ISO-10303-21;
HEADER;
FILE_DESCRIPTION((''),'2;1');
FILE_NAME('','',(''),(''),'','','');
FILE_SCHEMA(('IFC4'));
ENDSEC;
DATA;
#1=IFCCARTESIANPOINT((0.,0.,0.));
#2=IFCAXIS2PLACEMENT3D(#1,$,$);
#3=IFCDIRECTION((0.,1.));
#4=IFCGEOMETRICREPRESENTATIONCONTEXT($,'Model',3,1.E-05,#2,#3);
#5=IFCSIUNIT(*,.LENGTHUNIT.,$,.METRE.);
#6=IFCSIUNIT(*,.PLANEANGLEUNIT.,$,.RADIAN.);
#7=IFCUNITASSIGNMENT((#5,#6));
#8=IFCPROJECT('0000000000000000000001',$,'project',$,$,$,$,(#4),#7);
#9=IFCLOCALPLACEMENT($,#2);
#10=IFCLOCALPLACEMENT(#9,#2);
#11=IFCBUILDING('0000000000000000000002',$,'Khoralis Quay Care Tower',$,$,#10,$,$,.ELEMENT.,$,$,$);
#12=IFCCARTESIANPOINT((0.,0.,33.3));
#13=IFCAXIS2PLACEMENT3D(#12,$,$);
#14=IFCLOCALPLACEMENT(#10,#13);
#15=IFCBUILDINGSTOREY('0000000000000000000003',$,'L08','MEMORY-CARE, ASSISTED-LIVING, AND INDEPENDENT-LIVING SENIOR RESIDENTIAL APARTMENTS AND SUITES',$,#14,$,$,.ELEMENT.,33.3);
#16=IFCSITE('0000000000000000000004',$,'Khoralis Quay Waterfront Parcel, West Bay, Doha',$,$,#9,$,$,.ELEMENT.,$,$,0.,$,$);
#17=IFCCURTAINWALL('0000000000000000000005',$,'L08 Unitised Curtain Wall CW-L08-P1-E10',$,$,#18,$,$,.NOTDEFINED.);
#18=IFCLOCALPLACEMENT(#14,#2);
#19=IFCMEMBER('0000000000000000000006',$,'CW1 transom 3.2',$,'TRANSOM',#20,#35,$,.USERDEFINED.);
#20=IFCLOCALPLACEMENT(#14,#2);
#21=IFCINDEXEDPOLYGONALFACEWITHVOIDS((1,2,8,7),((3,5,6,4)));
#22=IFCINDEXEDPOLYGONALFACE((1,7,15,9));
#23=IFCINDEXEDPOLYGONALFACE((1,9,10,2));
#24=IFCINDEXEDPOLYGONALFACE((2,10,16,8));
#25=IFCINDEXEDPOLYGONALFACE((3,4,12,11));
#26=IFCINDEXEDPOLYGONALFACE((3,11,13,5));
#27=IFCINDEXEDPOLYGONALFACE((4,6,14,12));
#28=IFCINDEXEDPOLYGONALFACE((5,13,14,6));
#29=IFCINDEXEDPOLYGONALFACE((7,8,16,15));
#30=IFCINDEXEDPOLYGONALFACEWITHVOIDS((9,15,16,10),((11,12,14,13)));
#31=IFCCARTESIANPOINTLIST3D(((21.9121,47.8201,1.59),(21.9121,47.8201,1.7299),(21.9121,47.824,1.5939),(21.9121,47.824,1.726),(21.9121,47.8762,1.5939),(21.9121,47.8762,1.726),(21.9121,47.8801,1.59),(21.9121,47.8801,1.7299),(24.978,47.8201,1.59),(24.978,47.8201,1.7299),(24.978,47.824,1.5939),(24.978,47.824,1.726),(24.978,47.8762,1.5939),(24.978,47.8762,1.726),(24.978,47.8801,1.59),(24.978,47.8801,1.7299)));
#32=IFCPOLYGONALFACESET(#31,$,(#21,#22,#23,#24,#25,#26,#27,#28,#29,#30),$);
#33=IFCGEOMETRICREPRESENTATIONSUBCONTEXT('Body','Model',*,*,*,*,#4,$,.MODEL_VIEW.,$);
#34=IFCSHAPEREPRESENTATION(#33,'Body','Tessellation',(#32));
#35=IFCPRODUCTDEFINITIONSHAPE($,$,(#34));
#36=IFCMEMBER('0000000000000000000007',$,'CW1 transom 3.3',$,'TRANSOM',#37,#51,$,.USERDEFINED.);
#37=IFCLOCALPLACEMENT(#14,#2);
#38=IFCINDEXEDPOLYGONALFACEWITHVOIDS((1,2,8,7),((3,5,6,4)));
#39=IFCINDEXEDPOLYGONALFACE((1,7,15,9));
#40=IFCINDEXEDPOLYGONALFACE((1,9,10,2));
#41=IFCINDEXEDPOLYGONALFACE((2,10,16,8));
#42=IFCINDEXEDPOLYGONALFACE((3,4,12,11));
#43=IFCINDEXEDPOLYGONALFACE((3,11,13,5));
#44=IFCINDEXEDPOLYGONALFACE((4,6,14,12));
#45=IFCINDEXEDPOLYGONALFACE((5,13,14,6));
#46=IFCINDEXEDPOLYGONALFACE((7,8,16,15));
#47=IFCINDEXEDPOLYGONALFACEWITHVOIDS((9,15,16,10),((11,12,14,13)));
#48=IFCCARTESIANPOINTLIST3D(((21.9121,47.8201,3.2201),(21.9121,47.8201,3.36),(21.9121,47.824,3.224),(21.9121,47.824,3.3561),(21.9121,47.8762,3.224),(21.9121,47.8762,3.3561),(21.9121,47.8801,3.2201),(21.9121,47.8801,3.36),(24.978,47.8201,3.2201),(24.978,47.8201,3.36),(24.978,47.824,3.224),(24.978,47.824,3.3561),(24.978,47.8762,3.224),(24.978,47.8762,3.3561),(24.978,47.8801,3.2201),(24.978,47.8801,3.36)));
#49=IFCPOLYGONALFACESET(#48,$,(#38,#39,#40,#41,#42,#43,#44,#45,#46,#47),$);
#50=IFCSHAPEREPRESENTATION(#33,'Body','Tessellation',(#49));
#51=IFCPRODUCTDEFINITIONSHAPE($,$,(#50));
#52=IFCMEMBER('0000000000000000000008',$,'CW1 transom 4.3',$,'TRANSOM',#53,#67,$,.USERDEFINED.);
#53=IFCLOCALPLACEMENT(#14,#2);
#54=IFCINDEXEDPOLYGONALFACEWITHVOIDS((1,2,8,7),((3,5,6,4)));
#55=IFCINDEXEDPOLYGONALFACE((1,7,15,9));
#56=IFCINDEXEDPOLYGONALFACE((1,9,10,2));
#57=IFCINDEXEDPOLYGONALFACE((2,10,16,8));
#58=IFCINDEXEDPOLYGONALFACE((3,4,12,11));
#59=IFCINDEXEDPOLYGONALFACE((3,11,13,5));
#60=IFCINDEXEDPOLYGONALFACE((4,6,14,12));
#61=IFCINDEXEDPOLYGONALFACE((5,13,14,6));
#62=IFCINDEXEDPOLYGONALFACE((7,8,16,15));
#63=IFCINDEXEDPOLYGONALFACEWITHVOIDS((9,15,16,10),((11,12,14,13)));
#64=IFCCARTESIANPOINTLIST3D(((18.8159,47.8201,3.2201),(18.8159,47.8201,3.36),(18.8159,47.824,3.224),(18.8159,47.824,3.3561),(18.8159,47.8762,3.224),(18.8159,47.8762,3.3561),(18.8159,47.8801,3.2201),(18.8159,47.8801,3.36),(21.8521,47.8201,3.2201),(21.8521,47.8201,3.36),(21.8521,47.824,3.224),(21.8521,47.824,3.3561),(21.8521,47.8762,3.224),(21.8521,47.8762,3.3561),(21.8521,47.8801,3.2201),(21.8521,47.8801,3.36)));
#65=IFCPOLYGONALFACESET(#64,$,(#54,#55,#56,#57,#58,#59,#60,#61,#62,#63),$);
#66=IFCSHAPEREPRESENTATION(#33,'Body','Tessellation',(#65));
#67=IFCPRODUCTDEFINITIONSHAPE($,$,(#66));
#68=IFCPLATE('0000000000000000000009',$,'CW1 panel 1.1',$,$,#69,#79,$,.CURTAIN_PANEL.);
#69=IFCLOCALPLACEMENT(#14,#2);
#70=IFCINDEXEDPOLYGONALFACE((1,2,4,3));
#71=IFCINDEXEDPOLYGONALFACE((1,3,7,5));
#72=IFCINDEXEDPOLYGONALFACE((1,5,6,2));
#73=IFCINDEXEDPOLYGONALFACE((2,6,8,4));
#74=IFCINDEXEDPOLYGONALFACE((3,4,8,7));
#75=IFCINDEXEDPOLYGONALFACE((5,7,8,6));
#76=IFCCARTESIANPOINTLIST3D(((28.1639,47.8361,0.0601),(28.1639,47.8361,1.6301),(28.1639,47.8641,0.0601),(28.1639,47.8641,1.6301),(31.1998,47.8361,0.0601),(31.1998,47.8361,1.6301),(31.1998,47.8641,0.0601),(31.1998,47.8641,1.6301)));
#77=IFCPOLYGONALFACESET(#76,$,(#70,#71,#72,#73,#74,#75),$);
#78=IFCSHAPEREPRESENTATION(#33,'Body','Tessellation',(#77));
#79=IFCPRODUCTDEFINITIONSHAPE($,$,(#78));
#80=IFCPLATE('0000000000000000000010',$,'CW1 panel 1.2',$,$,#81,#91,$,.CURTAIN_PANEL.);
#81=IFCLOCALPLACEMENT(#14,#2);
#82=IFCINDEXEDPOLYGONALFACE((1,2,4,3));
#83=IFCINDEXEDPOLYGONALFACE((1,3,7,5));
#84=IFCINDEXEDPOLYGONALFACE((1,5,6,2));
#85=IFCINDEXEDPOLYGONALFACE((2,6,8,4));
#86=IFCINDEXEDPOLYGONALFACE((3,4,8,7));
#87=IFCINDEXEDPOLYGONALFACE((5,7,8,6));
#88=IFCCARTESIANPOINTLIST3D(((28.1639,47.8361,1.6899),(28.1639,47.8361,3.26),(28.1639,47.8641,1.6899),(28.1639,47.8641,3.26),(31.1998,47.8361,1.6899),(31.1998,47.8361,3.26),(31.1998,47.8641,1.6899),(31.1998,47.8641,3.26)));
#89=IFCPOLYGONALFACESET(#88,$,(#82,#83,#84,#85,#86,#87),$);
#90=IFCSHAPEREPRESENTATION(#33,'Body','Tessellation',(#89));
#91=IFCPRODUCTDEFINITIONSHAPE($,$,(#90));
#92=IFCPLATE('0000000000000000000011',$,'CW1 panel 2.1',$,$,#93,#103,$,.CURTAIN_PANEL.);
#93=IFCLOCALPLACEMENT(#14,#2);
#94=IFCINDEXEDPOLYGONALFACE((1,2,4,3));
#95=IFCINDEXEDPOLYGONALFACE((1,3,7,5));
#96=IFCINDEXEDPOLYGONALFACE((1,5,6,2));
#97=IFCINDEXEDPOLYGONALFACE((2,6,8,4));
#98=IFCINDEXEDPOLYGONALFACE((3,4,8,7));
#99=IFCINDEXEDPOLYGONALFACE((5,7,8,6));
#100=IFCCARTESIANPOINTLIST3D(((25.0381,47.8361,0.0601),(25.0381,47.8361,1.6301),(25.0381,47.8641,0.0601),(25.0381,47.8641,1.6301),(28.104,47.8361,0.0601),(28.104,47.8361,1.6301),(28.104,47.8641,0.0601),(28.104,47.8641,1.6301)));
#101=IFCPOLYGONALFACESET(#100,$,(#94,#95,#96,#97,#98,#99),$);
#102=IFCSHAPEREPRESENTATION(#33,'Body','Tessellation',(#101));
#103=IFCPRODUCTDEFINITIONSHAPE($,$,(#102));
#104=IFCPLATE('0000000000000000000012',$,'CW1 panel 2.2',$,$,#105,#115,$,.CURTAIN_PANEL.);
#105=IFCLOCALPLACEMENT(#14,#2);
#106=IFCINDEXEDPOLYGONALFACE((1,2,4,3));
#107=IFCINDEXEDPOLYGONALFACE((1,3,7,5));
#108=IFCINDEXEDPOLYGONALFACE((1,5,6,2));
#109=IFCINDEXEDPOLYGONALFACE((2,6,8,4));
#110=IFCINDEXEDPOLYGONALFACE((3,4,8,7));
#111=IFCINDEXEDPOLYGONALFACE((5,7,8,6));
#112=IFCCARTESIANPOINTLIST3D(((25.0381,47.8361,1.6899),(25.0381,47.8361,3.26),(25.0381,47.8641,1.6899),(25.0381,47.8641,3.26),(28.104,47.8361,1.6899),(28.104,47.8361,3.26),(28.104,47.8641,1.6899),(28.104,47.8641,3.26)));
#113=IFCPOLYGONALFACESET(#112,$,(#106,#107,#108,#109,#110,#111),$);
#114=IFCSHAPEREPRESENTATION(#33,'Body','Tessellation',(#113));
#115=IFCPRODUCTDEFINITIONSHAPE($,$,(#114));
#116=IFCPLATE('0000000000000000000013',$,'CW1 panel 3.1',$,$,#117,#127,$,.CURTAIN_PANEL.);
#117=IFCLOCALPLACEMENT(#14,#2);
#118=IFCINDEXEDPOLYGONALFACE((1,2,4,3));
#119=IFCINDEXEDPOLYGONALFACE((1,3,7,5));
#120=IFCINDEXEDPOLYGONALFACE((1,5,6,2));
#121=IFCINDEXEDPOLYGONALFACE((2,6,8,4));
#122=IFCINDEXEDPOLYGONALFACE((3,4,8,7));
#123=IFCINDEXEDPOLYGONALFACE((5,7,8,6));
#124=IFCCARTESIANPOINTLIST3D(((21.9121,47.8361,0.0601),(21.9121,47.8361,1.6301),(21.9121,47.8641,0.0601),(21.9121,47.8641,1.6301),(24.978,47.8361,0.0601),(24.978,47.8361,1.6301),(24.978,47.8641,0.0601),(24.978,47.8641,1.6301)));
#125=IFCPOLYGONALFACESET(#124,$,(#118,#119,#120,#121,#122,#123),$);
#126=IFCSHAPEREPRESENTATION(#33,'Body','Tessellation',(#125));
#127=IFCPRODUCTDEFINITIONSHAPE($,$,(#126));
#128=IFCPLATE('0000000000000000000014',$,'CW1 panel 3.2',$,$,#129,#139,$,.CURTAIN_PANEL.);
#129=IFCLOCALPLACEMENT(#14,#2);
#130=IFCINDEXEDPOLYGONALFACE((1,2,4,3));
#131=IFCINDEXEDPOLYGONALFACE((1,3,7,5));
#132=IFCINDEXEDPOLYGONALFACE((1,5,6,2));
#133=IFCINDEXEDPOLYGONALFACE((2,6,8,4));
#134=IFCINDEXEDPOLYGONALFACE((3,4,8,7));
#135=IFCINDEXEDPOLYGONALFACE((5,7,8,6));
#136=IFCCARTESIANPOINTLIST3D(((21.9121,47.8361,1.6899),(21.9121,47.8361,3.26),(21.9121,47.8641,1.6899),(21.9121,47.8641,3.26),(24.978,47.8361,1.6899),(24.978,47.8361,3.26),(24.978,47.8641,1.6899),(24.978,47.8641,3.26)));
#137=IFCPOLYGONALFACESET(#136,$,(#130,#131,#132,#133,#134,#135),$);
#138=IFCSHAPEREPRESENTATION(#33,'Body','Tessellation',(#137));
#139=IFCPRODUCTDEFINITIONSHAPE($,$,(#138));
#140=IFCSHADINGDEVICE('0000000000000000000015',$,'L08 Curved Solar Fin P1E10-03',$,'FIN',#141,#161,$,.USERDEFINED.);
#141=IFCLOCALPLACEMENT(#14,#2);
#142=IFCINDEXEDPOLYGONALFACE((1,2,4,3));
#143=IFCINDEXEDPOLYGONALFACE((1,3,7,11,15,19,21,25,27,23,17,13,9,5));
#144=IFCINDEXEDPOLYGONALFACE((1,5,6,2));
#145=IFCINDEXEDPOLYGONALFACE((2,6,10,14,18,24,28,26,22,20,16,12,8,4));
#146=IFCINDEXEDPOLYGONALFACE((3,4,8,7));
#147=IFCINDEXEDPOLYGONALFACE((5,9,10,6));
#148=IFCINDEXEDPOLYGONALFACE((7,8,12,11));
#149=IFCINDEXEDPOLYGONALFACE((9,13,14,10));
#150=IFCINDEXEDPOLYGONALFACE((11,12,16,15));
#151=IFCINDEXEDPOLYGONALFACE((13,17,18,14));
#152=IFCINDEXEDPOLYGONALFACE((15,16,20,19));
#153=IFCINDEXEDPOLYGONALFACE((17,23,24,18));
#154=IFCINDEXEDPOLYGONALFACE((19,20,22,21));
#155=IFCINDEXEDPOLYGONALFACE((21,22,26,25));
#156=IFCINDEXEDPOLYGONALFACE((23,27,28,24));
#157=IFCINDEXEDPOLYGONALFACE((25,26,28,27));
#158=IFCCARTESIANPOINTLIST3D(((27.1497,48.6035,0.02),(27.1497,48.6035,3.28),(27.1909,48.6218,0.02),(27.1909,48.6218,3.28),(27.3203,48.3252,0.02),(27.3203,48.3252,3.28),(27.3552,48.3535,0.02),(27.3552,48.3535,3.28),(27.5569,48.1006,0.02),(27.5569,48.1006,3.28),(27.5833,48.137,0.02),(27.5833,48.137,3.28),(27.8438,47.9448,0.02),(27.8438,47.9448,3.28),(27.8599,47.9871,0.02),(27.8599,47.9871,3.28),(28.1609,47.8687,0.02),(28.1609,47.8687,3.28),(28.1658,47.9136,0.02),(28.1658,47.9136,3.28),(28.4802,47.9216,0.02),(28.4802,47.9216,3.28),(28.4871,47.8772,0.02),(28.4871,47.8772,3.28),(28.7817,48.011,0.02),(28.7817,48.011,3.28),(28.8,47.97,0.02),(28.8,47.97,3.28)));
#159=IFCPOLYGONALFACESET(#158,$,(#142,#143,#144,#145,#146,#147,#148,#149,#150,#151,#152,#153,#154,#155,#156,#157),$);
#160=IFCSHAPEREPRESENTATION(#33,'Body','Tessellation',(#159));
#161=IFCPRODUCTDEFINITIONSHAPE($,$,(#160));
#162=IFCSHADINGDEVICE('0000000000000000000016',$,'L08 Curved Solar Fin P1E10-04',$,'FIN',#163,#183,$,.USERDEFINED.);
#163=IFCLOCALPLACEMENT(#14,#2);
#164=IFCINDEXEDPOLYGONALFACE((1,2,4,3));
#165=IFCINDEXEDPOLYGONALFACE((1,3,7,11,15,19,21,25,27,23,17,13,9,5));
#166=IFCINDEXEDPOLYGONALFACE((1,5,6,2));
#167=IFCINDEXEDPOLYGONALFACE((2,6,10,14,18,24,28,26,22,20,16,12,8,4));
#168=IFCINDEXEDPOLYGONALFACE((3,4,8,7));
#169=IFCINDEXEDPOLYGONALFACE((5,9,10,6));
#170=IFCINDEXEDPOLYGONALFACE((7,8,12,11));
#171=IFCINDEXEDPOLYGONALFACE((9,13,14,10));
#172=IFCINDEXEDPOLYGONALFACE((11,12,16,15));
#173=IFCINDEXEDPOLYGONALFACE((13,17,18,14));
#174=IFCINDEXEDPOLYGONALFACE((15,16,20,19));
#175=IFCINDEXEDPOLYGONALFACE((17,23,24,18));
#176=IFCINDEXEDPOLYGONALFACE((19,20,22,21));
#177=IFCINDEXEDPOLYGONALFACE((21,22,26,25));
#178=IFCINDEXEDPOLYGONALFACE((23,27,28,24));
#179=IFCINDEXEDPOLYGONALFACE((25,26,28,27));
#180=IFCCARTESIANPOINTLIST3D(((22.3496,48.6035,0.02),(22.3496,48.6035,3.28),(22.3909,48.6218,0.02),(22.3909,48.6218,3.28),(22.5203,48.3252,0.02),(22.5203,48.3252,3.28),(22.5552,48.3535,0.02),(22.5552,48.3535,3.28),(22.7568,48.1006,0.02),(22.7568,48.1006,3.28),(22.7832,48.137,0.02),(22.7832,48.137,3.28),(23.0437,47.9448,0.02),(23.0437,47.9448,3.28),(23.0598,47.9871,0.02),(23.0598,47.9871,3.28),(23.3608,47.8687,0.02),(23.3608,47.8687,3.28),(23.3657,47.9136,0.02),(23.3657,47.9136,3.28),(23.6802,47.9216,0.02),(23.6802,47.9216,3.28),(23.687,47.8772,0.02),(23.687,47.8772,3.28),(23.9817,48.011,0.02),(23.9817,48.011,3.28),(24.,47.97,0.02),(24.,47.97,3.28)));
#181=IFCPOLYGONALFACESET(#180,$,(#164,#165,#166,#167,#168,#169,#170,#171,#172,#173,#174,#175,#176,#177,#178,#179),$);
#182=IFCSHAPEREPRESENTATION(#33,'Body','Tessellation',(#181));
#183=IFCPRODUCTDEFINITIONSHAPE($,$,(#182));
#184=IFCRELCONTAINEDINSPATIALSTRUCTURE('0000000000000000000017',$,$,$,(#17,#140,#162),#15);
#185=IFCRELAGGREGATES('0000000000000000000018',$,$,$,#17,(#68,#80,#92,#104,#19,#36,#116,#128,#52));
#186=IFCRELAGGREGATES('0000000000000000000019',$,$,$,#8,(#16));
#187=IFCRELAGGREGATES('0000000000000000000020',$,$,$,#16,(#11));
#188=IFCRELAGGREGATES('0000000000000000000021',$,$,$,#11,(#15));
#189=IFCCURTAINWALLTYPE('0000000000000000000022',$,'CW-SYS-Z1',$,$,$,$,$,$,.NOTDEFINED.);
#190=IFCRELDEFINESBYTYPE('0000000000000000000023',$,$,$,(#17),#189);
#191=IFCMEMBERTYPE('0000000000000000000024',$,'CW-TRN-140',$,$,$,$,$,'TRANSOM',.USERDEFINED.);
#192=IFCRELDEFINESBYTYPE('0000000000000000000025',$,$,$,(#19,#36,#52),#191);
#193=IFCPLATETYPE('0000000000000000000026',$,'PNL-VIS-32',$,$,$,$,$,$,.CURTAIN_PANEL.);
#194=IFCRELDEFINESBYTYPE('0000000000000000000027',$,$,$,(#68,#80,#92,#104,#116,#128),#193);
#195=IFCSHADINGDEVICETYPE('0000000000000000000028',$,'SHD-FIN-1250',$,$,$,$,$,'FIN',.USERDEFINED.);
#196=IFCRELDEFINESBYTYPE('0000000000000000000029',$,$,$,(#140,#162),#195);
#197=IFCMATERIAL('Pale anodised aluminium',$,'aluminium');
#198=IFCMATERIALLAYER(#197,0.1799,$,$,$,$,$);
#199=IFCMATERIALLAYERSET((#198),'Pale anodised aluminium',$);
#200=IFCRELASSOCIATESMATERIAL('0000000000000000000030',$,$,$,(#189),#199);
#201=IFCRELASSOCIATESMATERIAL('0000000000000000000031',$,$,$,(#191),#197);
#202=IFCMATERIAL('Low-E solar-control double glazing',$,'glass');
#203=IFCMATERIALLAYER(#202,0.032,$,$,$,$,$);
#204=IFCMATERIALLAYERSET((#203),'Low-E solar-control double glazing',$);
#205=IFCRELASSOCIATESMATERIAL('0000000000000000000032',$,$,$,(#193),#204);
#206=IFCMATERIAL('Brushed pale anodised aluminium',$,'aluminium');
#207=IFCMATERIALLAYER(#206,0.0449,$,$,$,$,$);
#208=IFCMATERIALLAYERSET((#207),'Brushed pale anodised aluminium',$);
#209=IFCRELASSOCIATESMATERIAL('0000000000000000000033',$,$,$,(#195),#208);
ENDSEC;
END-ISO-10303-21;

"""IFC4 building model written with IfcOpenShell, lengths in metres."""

from ifc_helpers import new_model, si_unit, direction, frame, origin, origin_2d, place, context, subcontext, project, spatial, polyline, rectangle, hollow_rectangle, outline, extrude, source, transform, mapped, material, layer, layer_set, material_profile, profile_set, type_object, element, aggregate, save


model = new_model("IFC4")

# Units and contexts
model_context = context("Model", 3, precision=1e-05, world=origin(), true_north=direction((0.0, 1.0)))
body_context = subcontext(model_context, "Body", "Model", "MODEL_VIEW")
ifc_project = project(units=[si_unit("LENGTHUNIT", "METRE"), si_unit("PLANEANGLEUNIT", "RADIAN")], contexts=[model_context])

# Site, building, storey
site_placement = place(None, origin())
site = spatial("IfcSite", under=ifc_project, at=site_placement, Name="Khoralis Quay Waterfront Parcel, West Bay, Doha", CompositionType="ELEMENT", RefElevation=0.0)
building_placement = place(site_placement, origin())
building = spatial("IfcBuilding", under=site, at=building_placement, Name="Khoralis Quay Care Tower", CompositionType="ELEMENT")
storey_placement = place(building_placement, frame((0.0, 0.0, 33.3)))
storey = spatial("IfcBuildingStorey", under=building, at=storey_placement, Name="L08", Description="MEMORY-CARE, ASSISTED-LIVING, AND INDEPENDENT-LIVING SENIOR RESIDENTIAL APARTMENTS AND SUITES", CompositionType="ELEMENT", Elevation=33.3)

# Curtain wall, members, plates
ifc_material_1 = material(Name="Pale anodised aluminium", Category="aluminium")
ifc_layer_1 = layer(ifc_material_1, 0.1799)
ifc_layer_set_1 = layer_set([ifc_layer_1], Name="Pale anodised aluminium")
curtain_wall_type = type_object("IfcCurtainWallType", Name="CW-SYS-Z1", PredefinedType="NOTDEFINED", material=ifc_layer_set_1)
curtain_wall_placement = place(storey_placement, origin())
curtain_wall = element("IfcCurtainWall", 1, at=curtain_wall_placement, inside=storey, type_object=curtain_wall_type, Name="L08 Unitised Curtain Wall CW-L08-P1-E10", PredefinedType="NOTDEFINED")
ifc_material_profile_1 = material_profile(ifc_material_1, hollow_rectangle(XDim=0.0601, YDim=0.1399, WallThickness=0.0039, at=origin_2d()), Name="Pale anodised aluminium")
ifc_profile_set_1 = profile_set([ifc_material_profile_1], Name="Pale anodised aluminium")
member_type_1 = type_object("IfcMemberType", Name="CW-TRN-140", ElementType="TRANSOM", PredefinedType="USERDEFINED", material=ifc_profile_set_1)
shared_shape_1 = source(origin(), body_context, "Body", "SweptSolid", [
    extrude(hollow_rectangle(XDim=0.0601, YDim=0.1399, WallThickness=0.0039, at=origin_2d()), origin(), (0.0, 0.0, 1.0), 3.0659),
])
member_1_placement = place(storey_placement, frame((24.978, 47.8501, 1.6599), z_axis=(-1.0, 0.0, 0.0), x_axis=(0.0, -1.0, 0.0)))
member_1 = element("IfcMember", 2, at=member_1_placement, type_object=member_type_1, Name="CW1 transom 3.2", ObjectType="TRANSOM", PredefinedType="USERDEFINED", context=body_context, shape_type="MappedRepresentation", body=[
    mapped(shared_shape_1, transform((0.0, 0.0, 0.0), scale=1.0)),
])
member_2_placement = place(storey_placement, frame((24.978, 47.8501, 3.29), z_axis=(-1.0, 0.0, 0.0), x_axis=(0.0, -1.0, 0.0)))
member_2 = element("IfcMember", 3, at=member_2_placement, type_object=member_type_1, Name="CW1 transom 3.3", ObjectType="TRANSOM", PredefinedType="USERDEFINED", context=body_context, shape_type="MappedRepresentation", body=[
    mapped(shared_shape_1, transform((0.0, 0.0, 0.0), scale=1.0)),
])
shared_shape_2 = source(origin(), body_context, "Body", "SweptSolid", [
    extrude(hollow_rectangle(XDim=0.0601, YDim=0.1399, WallThickness=0.0039, at=origin_2d()), origin(), (0.0, 0.0, 1.0), 3.0361),
])
member_3_placement = place(storey_placement, frame((21.8521, 47.8501, 3.29), z_axis=(-1.0, 0.0, 0.0), x_axis=(0.0, -1.0, 0.0)))
member_3 = element("IfcMember", 4, at=member_3_placement, type_object=member_type_1, Name="CW1 transom 4.3", ObjectType="TRANSOM", PredefinedType="USERDEFINED", context=body_context, shape_type="MappedRepresentation", body=[
    mapped(shared_shape_2, transform((0.0, 0.0, 0.0), scale=1.0)),
])
ifc_material_2 = material(Name="Low-E solar-control double glazing", Category="glass")
ifc_layer_2 = layer(ifc_material_2, 0.032)
ifc_layer_set_2 = layer_set([ifc_layer_2], Name="Low-E solar-control double glazing")
plate_type = type_object("IfcPlateType", Name="PNL-VIS-32", PredefinedType="CURTAIN_PANEL", material=ifc_layer_set_2)
shared_shape_3 = source(origin(), body_context, "Body", "SweptSolid", [
    extrude(rectangle(XDim=3.0359, YDim=0.0281, at=origin_2d()), origin(), (0.0, 0.0, 1.0), 1.5701),
])
plate_1_placement = place(storey_placement, frame((29.6819, 47.8501, 0.0601), z_axis=(0.0, 0.0, 1.0), x_axis=(-1.0, 0.0, 0.0)))
plate_1 = element("IfcPlate", 5, at=plate_1_placement, type_object=plate_type, Name="CW1 panel 1.1", PredefinedType="CURTAIN_PANEL", context=body_context, shape_type="MappedRepresentation", body=[
    mapped(shared_shape_3, transform((0.0, 0.0, 0.0), scale=1.0)),
])
plate_2_placement = place(storey_placement, frame((29.6819, 47.8501, 1.6899), z_axis=(0.0, 0.0, 1.0), x_axis=(-1.0, 0.0, 0.0)))
plate_2 = element("IfcPlate", 6, at=plate_2_placement, type_object=plate_type, Name="CW1 panel 1.2", PredefinedType="CURTAIN_PANEL", context=body_context, shape_type="MappedRepresentation", body=[
    mapped(shared_shape_3, transform((0.0, 0.0, 0.0), scale=1.0)),
])
shared_shape_4 = source(origin(), body_context, "Body", "SweptSolid", [
    extrude(rectangle(XDim=3.0659, YDim=0.0281, at=origin_2d()), origin(), (0.0, 0.0, 1.0), 1.5701),
])
plate_3_placement = place(storey_placement, frame((26.571, 47.8501, 0.0601), z_axis=(0.0, 0.0, 1.0), x_axis=(-1.0, 0.0, 0.0)))
plate_3 = element("IfcPlate", 7, at=plate_3_placement, type_object=plate_type, Name="CW1 panel 2.1", PredefinedType="CURTAIN_PANEL", context=body_context, shape_type="MappedRepresentation", body=[
    mapped(shared_shape_4, transform((0.0, 0.0, 0.0), scale=1.0)),
])
plate_4_placement = place(storey_placement, frame((26.571, 47.8501, 1.6899), z_axis=(0.0, 0.0, 1.0), x_axis=(-1.0, 0.0, 0.0)))
plate_4 = element("IfcPlate", 8, at=plate_4_placement, type_object=plate_type, Name="CW1 panel 2.2", PredefinedType="CURTAIN_PANEL", context=body_context, shape_type="MappedRepresentation", body=[
    mapped(shared_shape_4, transform((0.0, 0.0, 0.0), scale=1.0)),
])
plate_5_placement = place(storey_placement, frame((23.4451, 47.8501, 0.0601), z_axis=(0.0, 0.0, 1.0), x_axis=(-1.0, 0.0, 0.0)))
plate_5 = element("IfcPlate", 9, at=plate_5_placement, type_object=plate_type, Name="CW1 panel 3.1", PredefinedType="CURTAIN_PANEL", context=body_context, shape_type="MappedRepresentation", body=[
    mapped(shared_shape_4, transform((0.0, 0.0, 0.0), scale=1.0)),
])
plate_6_placement = place(storey_placement, frame((23.4451, 47.8501, 1.6899), z_axis=(0.0, 0.0, 1.0), x_axis=(-1.0, 0.0, 0.0)))
plate_6 = element("IfcPlate", 10, at=plate_6_placement, type_object=plate_type, Name="CW1 panel 3.2", PredefinedType="CURTAIN_PANEL", context=body_context, shape_type="MappedRepresentation", body=[
    mapped(shared_shape_4, transform((0.0, 0.0, 0.0), scale=1.0)),
])
aggregate(curtain_wall, [plate_1, plate_2, plate_3, plate_4, member_1, member_2, plate_5, plate_6, member_3])

# Shading devices
ifc_material_3 = material(Name="Brushed pale anodised aluminium", Category="aluminium")
ifc_layer_3 = layer(ifc_material_3, 0.0449)
ifc_layer_set_3 = layer_set([ifc_layer_3], Name="Brushed pale anodised aluminium")
shading_device_type = type_object("IfcShadingDeviceType", Name="SHD-FIN-1250", ElementType="FIN", PredefinedType="USERDEFINED", material=ifc_layer_set_3)
shared_shape_5 = source(origin(), body_context, "Body", "SweptSolid", [
    extrude(outline(polyline([(0.0, 0.0), (-0.0928, 0.313), (-0.1013, 0.6392), (-0.0251, 0.9563), (0.1306, 1.2432), (0.3552, 1.4797), (0.6335, 1.6504), (0.6519, 1.6091), (0.3835, 1.4448), (0.167, 1.2168), (0.0171, 0.9402), (-0.0564, 0.6343), (-0.0483, 0.3198), (0.041, 0.0183), (0.0, 0.0)])), origin(), (0.0, 0.0, 1.0), 3.26),
])
for number, where, z_axis, x_axis, name in (
    (11, (28.8, 47.97, 0.02), (0.0, 0.0, 1.0), (0.0, 1.0, 0.0), "L08 Curved Solar Fin P1E10-03"),
    (12, (24.0, 47.97, 0.02), (0.0, 0.0, 1.0), (0.0, 1.0, 0.0), "L08 Curved Solar Fin P1E10-04"),
):
    element("IfcShadingDevice", number, at=place(storey_placement, frame(where, z_axis=z_axis, x_axis=x_axis)), inside=storey, type_object=shading_device_type, Name=name, ObjectType="FIN", PredefinedType="USERDEFINED", context=body_context, shape_type="MappedRepresentation", body=[
        mapped(shared_shape_5, transform((0.0, 0.0, 0.0), scale=1.0)),
    ])

save(model, "model.ifc")
